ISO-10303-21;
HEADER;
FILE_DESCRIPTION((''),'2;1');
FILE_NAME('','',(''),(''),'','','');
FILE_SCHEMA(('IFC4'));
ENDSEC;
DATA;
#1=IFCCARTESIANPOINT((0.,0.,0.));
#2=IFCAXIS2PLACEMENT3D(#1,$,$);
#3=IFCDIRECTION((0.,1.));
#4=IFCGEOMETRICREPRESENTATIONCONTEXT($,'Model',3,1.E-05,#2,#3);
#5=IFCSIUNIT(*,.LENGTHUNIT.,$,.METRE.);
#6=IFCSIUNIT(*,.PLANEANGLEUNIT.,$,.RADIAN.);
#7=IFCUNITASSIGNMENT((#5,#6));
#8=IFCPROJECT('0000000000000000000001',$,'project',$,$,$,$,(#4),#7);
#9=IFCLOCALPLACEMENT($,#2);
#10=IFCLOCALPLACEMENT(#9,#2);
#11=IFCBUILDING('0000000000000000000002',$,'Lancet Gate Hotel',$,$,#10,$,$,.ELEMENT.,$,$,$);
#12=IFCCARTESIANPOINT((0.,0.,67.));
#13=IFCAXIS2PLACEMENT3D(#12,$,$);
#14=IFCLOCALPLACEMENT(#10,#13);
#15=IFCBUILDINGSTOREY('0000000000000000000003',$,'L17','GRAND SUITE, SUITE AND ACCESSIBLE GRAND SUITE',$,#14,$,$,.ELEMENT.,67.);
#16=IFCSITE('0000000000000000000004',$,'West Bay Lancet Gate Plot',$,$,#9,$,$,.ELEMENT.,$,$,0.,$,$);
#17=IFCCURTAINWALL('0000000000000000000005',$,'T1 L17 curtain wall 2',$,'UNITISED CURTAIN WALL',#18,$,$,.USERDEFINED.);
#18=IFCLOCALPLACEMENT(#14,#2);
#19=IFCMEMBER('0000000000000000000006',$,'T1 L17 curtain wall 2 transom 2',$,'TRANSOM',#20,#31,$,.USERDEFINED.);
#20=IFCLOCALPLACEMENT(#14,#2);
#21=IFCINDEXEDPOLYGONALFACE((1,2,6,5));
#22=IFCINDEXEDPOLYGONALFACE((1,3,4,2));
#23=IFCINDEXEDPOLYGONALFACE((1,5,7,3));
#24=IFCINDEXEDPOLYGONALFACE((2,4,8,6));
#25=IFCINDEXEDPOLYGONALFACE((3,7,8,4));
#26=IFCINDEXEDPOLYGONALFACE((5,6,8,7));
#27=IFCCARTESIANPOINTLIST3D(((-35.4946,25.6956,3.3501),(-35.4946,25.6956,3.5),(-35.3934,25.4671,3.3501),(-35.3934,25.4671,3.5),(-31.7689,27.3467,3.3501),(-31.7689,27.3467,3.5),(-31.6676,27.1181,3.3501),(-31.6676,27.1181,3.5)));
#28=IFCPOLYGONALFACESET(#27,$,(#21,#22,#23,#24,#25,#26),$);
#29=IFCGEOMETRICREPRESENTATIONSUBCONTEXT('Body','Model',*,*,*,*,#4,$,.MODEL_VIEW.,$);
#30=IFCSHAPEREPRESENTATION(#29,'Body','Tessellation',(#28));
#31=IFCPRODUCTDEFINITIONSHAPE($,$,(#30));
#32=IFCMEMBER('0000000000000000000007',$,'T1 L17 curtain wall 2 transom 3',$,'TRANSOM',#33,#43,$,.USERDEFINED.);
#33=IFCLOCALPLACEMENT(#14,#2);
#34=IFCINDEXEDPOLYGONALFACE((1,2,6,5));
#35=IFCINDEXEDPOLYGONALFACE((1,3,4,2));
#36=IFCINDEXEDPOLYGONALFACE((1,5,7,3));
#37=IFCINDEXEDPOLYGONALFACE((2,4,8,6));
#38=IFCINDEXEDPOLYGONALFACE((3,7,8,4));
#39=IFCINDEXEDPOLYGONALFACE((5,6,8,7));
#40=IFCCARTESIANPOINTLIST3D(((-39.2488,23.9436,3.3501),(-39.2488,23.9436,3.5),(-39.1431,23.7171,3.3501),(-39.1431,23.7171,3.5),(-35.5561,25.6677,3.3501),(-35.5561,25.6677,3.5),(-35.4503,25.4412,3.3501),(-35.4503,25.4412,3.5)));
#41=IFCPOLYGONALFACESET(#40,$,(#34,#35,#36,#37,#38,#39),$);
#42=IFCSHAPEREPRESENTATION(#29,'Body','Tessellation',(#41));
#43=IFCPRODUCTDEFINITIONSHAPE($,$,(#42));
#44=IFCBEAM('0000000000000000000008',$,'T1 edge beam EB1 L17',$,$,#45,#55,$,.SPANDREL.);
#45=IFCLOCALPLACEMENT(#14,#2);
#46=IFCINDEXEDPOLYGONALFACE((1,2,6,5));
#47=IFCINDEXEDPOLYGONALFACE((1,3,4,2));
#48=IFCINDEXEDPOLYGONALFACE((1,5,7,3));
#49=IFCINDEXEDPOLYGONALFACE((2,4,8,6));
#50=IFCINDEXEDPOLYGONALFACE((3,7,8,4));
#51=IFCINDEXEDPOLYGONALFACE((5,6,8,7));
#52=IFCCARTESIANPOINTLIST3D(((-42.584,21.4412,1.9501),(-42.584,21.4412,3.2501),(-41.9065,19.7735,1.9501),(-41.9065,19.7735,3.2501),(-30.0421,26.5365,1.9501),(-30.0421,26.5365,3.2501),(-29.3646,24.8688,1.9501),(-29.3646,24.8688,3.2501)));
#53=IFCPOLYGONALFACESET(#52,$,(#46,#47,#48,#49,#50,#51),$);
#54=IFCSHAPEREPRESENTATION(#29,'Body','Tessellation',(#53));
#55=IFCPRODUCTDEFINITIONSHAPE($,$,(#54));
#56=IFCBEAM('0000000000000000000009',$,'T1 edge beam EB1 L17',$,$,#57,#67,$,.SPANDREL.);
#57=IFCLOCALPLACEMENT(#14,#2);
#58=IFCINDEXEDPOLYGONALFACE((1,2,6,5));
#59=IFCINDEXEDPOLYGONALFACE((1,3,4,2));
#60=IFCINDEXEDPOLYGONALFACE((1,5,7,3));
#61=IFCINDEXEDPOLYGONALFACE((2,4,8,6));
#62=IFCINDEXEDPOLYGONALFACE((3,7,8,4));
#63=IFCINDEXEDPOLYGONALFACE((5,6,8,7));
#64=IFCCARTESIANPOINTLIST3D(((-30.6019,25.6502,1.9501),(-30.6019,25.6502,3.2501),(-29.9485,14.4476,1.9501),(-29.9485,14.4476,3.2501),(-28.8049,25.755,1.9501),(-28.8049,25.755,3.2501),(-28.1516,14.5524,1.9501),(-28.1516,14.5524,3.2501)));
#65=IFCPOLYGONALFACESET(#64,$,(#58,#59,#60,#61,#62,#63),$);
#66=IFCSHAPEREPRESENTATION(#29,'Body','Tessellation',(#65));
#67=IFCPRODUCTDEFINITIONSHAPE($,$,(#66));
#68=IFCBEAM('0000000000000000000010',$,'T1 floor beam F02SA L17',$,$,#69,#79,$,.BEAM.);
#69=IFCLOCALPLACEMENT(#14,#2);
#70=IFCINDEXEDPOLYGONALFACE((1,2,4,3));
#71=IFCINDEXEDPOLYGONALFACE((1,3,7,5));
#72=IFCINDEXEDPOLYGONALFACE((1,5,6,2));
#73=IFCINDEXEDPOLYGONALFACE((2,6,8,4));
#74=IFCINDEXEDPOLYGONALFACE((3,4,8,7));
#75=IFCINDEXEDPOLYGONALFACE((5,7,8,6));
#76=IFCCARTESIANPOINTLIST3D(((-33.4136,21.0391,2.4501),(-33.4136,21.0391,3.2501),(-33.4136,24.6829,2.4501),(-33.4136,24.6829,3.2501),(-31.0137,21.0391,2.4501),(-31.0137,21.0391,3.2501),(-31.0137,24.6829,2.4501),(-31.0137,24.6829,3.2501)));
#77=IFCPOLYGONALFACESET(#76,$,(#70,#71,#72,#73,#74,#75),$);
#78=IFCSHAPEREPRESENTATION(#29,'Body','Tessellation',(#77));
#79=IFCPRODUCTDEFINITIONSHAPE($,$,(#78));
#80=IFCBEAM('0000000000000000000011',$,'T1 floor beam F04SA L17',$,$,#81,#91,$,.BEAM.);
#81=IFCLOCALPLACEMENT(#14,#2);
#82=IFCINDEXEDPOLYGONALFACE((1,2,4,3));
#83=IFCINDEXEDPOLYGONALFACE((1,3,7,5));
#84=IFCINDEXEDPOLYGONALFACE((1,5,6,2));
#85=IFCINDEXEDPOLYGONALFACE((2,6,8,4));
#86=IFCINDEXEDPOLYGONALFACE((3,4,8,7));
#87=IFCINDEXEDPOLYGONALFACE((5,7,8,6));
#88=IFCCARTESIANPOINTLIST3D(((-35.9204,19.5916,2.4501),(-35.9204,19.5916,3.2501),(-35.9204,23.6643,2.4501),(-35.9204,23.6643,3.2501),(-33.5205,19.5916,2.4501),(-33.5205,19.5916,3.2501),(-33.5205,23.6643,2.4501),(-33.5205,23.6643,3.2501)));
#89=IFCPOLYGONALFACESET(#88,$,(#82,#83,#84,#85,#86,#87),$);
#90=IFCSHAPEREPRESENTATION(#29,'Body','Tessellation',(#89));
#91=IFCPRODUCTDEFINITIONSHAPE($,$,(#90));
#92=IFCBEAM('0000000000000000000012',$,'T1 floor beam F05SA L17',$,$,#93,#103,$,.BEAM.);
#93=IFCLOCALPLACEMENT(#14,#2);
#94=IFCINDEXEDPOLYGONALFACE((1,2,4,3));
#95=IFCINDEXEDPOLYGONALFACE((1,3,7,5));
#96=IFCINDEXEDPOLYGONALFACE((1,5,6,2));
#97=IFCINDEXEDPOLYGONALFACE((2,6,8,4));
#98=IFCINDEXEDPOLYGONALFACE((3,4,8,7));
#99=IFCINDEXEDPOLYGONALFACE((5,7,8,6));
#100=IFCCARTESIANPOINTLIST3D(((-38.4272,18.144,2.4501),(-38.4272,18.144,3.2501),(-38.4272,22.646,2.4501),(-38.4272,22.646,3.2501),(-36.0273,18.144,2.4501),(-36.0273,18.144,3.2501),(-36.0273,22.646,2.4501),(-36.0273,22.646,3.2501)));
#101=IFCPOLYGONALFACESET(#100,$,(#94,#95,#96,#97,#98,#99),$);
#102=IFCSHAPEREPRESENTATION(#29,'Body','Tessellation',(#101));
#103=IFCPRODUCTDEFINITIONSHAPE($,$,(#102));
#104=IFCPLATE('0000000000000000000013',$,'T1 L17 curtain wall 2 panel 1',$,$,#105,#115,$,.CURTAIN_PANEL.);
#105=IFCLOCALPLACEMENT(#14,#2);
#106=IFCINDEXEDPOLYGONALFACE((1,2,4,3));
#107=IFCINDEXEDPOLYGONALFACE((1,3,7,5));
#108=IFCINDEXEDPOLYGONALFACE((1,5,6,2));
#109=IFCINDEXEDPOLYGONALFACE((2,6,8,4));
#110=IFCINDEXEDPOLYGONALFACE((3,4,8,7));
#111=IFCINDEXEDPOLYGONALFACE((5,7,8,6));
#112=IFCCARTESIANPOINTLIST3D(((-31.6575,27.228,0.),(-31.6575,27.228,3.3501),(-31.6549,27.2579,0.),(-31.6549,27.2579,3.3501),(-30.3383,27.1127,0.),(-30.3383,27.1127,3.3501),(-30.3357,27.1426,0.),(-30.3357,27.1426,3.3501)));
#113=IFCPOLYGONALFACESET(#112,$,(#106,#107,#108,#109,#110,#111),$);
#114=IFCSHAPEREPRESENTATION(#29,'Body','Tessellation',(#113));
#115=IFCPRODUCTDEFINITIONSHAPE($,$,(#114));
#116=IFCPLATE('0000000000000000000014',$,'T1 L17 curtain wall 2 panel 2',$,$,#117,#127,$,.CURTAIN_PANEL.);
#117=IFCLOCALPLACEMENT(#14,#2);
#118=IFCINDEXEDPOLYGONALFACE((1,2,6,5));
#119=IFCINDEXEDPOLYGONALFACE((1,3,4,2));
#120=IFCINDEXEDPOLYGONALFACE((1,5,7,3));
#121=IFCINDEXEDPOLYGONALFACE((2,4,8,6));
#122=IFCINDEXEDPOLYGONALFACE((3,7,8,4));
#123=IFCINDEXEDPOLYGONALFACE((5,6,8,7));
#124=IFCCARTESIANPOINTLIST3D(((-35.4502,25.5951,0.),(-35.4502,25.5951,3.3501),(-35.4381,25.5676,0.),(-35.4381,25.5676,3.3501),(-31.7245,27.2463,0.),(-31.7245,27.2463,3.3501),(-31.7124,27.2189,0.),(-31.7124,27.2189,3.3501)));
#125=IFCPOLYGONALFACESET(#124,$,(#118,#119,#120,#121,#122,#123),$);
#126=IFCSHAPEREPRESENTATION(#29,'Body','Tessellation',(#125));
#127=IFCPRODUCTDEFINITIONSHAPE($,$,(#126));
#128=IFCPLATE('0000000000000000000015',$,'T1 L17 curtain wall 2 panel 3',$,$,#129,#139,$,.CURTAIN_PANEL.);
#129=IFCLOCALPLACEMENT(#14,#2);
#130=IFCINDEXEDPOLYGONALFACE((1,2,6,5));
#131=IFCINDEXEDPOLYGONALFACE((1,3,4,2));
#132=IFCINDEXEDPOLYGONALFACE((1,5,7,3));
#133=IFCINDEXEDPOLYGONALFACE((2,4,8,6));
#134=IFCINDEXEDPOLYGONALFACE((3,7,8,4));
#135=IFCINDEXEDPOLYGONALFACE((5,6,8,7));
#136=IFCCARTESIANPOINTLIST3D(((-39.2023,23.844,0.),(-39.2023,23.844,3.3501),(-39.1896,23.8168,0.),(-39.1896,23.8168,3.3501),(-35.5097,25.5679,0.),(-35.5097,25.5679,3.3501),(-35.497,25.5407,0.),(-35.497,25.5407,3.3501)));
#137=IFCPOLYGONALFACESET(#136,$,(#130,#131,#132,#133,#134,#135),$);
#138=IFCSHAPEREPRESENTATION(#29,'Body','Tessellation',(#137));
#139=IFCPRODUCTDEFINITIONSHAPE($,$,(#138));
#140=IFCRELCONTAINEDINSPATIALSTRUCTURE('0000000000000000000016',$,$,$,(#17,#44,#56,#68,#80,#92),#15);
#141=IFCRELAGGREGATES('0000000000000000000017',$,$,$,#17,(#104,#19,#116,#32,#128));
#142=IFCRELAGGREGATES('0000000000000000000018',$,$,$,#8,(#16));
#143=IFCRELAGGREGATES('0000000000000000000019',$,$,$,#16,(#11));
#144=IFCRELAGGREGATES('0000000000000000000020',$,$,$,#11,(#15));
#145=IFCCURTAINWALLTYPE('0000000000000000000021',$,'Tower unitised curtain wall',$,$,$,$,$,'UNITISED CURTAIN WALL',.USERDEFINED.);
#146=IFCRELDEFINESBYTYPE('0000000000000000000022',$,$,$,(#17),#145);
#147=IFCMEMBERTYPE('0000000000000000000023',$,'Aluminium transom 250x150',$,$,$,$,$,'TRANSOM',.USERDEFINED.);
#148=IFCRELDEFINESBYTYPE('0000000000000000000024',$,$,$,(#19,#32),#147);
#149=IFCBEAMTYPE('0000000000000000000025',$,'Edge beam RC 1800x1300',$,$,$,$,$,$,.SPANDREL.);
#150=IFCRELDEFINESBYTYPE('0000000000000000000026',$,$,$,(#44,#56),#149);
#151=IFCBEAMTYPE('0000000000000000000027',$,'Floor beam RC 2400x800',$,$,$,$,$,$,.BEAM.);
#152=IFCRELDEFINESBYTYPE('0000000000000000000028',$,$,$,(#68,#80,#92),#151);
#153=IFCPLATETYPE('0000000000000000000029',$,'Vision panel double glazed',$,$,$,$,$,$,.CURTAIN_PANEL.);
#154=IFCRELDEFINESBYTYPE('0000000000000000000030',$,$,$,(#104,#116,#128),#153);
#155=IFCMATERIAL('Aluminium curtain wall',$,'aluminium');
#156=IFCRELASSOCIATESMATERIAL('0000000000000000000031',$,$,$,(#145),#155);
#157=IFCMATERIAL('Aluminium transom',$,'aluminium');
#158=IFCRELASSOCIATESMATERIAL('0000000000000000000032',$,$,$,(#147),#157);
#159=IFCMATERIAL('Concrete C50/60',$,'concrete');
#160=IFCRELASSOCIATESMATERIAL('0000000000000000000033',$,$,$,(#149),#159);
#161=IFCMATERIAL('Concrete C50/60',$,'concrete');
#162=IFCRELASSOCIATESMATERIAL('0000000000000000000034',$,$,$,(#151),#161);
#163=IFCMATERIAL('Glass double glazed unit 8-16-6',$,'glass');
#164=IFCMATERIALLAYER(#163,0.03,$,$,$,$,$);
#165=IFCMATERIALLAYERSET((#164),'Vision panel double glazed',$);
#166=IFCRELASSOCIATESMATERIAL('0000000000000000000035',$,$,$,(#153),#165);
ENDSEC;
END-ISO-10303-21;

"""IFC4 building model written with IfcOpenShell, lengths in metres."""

from ifc_helpers import new_model, si_unit, direction, frame, origin, origin_2d, place, context, subcontext, project, spatial, rectangle, extrude, material, layer, layer_set, material_profile, profile_set, type_object, element, aggregate, save


model = new_model("IFC4")

# Units and contexts
model_context = context("Model", 3, precision=1e-05, world=origin(), true_north=direction((0.0, 1.0)))
body_context = subcontext(model_context, "Body", "Model", "MODEL_VIEW")
ifc_project = project(units=[si_unit("LENGTHUNIT", "METRE"), si_unit("PLANEANGLEUNIT", "RADIAN")], contexts=[model_context])

# Site, building, storey
site_placement = place(None, origin())
site = spatial("IfcSite", under=ifc_project, at=site_placement, Name="West Bay Lancet Gate Plot", CompositionType="ELEMENT", RefElevation=0.0)
building_placement = place(site_placement, origin())
building = spatial("IfcBuilding", under=site, at=building_placement, Name="Lancet Gate Hotel", CompositionType="ELEMENT")
storey_placement = place(building_placement, frame((0.0, 0.0, 67.0)))
storey = spatial("IfcBuildingStorey", under=building, at=storey_placement, Name="L17", Description="GRAND SUITE, SUITE AND ACCESSIBLE GRAND SUITE", CompositionType="ELEMENT", Elevation=67.0)

# Curtain wall, members
ifc_material_1 = material(Name="Aluminium curtain wall", Category="aluminium")
curtain_wall_type = type_object("IfcCurtainWallType", Name="Tower unitised curtain wall", ElementType="UNITISED CURTAIN WALL", PredefinedType="USERDEFINED", material=ifc_material_1)
curtain_wall_placement = place(storey_placement, origin())
curtain_wall = element("IfcCurtainWall", 1, at=curtain_wall_placement, inside=storey, type_object=curtain_wall_type, Name="T1 L17 curtain wall 2", ObjectType="UNITISED CURTAIN WALL", PredefinedType="USERDEFINED")
ifc_material_2 = material(Name="Aluminium transom", Category="aluminium")
ifc_material_profile_1 = material_profile(ifc_material_2, rectangle(XDim=0.25, YDim=0.1499, at=origin_2d()), Name="TRANSOM 250x150")
ifc_profile_set_1 = profile_set([ifc_material_profile_1], Name="Aluminium transom")
member_type_1 = type_object("IfcMemberType", Name="Aluminium transom 250x150", ElementType="TRANSOM", PredefinedType="USERDEFINED", material=ifc_profile_set_1)
member_1_placement = place(storey_placement, frame((-31.7183, 27.2324, 3.425), z_axis=(-0.914248, -0.405154, 0.0), x_axis=(0.405154, -0.914248, 0.0)))
member_1 = element("IfcMember", 2, at=member_1_placement, type_object=member_type_1, Name="T1 L17 curtain wall 2 transom 2", ObjectType="TRANSOM", PredefinedType="USERDEFINED", context=body_context, shape_type="SweptSolid", body=[
    extrude(rectangle(XDim=0.25, YDim=0.1499, at=origin_2d()), origin(), (0.0, 0.0, 1.0), 4.0752),
])
member_2_placement = place(storey_placement, frame((-35.5032, 25.5544, 3.425), z_axis=(-0.90611, -0.423043, 0.0), x_axis=(0.423043, -0.90611, 0.0)))
member_2 = element("IfcMember", 3, at=member_2_placement, type_object=member_type_1, Name="T1 L17 curtain wall 2 transom 3", ObjectType="TRANSOM", PredefinedType="USERDEFINED", context=body_context, shape_type="SweptSolid", body=[
    extrude(rectangle(XDim=0.25, YDim=0.1499, at=origin_2d()), origin(), (0.0, 0.0, 1.0), 4.0754),
])

# Beams
ifc_material_3 = material(Name="Concrete C50/60", Category="concrete")
ifc_material_profile_2 = material_profile(ifc_material_3, rectangle(XDim=1.8, YDim=1.3, at=origin_2d()), Name="RC 1800x1300")
ifc_profile_set_2 = profile_set([ifc_material_profile_2], Name="Concrete C50/60")
beam_type_1 = type_object("IfcBeamType", Name="Edge beam RC 1800x1300", PredefinedType="SPANDREL", material=ifc_profile_set_2)
beam_1_placement = place(storey_placement, frame((-29.7034, 25.7026, 2.6001), z_axis=(-0.926463, -0.376385, 0.0), x_axis=(0.376385, -0.926463, 0.0)))
element("IfcBeam", 4, at=beam_1_placement, inside=storey, type_object=beam_type_1, Name="T1 edge beam EB1 L17", PredefinedType="SPANDREL", context=body_context, shape_type="SweptSolid", body=[
    extrude(rectangle(XDim=1.8, YDim=1.3, at=origin_2d()), origin(), (0.0, 0.0, 1.0), 13.5374),
])
beam_2_placement = place(storey_placement, frame((-29.7034, 25.7026, 2.6001), z_axis=(0.05822, -0.998304, 0.0), x_axis=(0.998304, 0.05822, 0.0)))
element("IfcBeam", 5, at=beam_2_placement, inside=storey, type_object=beam_type_1, Name="T1 edge beam EB1 L17", PredefinedType="SPANDREL", context=body_context, shape_type="SweptSolid", body=[
    extrude(rectangle(XDim=1.8, YDim=1.3, at=origin_2d()), origin(), (0.0, 0.0, 1.0), 11.2217),
])
ifc_material_4 = material(Name="Concrete C50/60", Category="concrete")
ifc_material_profile_3 = material_profile(ifc_material_4, rectangle(XDim=2.3999, YDim=0.8, at=origin_2d()), Name="RC 2400x800")
ifc_profile_set_3 = profile_set([ifc_material_profile_3], Name="Concrete C50/60")
beam_type_2 = type_object("IfcBeamType", Name="Floor beam RC 2400x800", PredefinedType="BEAM", material=ifc_profile_set_3)
beam_3_placement = place(storey_placement, frame((-32.2136, 24.6829, 2.8501), z_axis=(0.0, -1.0, 0.0), x_axis=(1.0, 0.0, 0.0)))
element("IfcBeam", 6, at=beam_3_placement, inside=storey, type_object=beam_type_2, Name="T1 floor beam F02SA L17", PredefinedType="BEAM", context=body_context, shape_type="SweptSolid", body=[
    extrude(rectangle(XDim=2.3999, YDim=0.8, at=origin_2d()), origin(), (0.0, 0.0, 1.0), 3.6438),
])
beam_4_placement = place(storey_placement, frame((-34.7205, 23.6643, 2.8501), z_axis=(0.0, -1.0, 0.0), x_axis=(1.0, 0.0, 0.0)))
element("IfcBeam", 7, at=beam_4_placement, inside=storey, type_object=beam_type_2, Name="T1 floor beam F04SA L17", PredefinedType="BEAM", context=body_context, shape_type="SweptSolid", body=[
    extrude(rectangle(XDim=2.3999, YDim=0.8, at=origin_2d()), origin(), (0.0, 0.0, 1.0), 4.0728),
])
beam_5_placement = place(storey_placement, frame((-37.2273, 22.646, 2.8501), z_axis=(0.0, -1.0, 0.0), x_axis=(1.0, 0.0, 0.0)))
element("IfcBeam", 8, at=beam_5_placement, inside=storey, type_object=beam_type_2, Name="T1 floor beam F05SA L17", PredefinedType="BEAM", context=body_context, shape_type="SweptSolid", body=[
    extrude(rectangle(XDim=2.3999, YDim=0.8, at=origin_2d()), origin(), (0.0, 0.0, 1.0), 4.502),
])

# Plates
ifc_material_5 = material(Name="Glass double glazed unit 8-16-6", Category="glass")
ifc_layer_1 = layer(ifc_material_5, 0.03)
ifc_layer_set_1 = layer_set([ifc_layer_1], Name="Vision panel double glazed")
plate_type = type_object("IfcPlateType", Name="Vision panel double glazed", PredefinedType="CURTAIN_PANEL", material=ifc_layer_set_1)
plate_1_placement = place(storey_placement, frame((-30.9966, 27.1853, 0.0), z_axis=(0.0, 0.0, 1.0), x_axis=(-0.996204, 0.087052, 0.0)))
plate_1 = element("IfcPlate", 9, at=plate_1_placement, type_object=plate_type, Name="T1 L17 curtain wall 2 panel 1", PredefinedType="CURTAIN_PANEL", context=body_context, shape_type="SweptSolid", body=[
    extrude(rectangle(XDim=1.3242, YDim=0.03, at=origin_2d()), origin(), (0.0, 0.0, 1.0), 3.3501),
])
plate_2_placement = place(storey_placement, frame((-33.5813, 26.407, 0.0), z_axis=(0.0, 0.0, 1.0), x_axis=(-0.914234, -0.405186, 0.0)))
plate_2 = element("IfcPlate", 10, at=plate_2_placement, type_object=plate_type, Name="T1 L17 curtain wall 2 panel 2", PredefinedType="CURTAIN_PANEL", context=body_context, shape_type="SweptSolid", body=[
    extrude(rectangle(XDim=4.0752, YDim=0.03, at=origin_2d()), origin(), (0.0, 0.0, 1.0), 3.3501),
])
plate_3_placement = place(storey_placement, frame((-37.3496, 24.6924, 0.0), z_axis=(0.0, 0.0, 1.0), x_axis=(-0.906118, -0.423026, 0.0)))
plate_3 = element("IfcPlate", 11, at=plate_3_placement, type_object=plate_type, Name="T1 L17 curtain wall 2 panel 3", PredefinedType="CURTAIN_PANEL", context=body_context, shape_type="SweptSolid", body=[
    extrude(rectangle(XDim=4.0752, YDim=0.03, at=origin_2d()), origin(), (0.0, 0.0, 1.0), 3.3501),
])
aggregate(curtain_wall, [plate_1, member_1, plate_2, member_2, plate_3])

save(model, "model.ifc")
